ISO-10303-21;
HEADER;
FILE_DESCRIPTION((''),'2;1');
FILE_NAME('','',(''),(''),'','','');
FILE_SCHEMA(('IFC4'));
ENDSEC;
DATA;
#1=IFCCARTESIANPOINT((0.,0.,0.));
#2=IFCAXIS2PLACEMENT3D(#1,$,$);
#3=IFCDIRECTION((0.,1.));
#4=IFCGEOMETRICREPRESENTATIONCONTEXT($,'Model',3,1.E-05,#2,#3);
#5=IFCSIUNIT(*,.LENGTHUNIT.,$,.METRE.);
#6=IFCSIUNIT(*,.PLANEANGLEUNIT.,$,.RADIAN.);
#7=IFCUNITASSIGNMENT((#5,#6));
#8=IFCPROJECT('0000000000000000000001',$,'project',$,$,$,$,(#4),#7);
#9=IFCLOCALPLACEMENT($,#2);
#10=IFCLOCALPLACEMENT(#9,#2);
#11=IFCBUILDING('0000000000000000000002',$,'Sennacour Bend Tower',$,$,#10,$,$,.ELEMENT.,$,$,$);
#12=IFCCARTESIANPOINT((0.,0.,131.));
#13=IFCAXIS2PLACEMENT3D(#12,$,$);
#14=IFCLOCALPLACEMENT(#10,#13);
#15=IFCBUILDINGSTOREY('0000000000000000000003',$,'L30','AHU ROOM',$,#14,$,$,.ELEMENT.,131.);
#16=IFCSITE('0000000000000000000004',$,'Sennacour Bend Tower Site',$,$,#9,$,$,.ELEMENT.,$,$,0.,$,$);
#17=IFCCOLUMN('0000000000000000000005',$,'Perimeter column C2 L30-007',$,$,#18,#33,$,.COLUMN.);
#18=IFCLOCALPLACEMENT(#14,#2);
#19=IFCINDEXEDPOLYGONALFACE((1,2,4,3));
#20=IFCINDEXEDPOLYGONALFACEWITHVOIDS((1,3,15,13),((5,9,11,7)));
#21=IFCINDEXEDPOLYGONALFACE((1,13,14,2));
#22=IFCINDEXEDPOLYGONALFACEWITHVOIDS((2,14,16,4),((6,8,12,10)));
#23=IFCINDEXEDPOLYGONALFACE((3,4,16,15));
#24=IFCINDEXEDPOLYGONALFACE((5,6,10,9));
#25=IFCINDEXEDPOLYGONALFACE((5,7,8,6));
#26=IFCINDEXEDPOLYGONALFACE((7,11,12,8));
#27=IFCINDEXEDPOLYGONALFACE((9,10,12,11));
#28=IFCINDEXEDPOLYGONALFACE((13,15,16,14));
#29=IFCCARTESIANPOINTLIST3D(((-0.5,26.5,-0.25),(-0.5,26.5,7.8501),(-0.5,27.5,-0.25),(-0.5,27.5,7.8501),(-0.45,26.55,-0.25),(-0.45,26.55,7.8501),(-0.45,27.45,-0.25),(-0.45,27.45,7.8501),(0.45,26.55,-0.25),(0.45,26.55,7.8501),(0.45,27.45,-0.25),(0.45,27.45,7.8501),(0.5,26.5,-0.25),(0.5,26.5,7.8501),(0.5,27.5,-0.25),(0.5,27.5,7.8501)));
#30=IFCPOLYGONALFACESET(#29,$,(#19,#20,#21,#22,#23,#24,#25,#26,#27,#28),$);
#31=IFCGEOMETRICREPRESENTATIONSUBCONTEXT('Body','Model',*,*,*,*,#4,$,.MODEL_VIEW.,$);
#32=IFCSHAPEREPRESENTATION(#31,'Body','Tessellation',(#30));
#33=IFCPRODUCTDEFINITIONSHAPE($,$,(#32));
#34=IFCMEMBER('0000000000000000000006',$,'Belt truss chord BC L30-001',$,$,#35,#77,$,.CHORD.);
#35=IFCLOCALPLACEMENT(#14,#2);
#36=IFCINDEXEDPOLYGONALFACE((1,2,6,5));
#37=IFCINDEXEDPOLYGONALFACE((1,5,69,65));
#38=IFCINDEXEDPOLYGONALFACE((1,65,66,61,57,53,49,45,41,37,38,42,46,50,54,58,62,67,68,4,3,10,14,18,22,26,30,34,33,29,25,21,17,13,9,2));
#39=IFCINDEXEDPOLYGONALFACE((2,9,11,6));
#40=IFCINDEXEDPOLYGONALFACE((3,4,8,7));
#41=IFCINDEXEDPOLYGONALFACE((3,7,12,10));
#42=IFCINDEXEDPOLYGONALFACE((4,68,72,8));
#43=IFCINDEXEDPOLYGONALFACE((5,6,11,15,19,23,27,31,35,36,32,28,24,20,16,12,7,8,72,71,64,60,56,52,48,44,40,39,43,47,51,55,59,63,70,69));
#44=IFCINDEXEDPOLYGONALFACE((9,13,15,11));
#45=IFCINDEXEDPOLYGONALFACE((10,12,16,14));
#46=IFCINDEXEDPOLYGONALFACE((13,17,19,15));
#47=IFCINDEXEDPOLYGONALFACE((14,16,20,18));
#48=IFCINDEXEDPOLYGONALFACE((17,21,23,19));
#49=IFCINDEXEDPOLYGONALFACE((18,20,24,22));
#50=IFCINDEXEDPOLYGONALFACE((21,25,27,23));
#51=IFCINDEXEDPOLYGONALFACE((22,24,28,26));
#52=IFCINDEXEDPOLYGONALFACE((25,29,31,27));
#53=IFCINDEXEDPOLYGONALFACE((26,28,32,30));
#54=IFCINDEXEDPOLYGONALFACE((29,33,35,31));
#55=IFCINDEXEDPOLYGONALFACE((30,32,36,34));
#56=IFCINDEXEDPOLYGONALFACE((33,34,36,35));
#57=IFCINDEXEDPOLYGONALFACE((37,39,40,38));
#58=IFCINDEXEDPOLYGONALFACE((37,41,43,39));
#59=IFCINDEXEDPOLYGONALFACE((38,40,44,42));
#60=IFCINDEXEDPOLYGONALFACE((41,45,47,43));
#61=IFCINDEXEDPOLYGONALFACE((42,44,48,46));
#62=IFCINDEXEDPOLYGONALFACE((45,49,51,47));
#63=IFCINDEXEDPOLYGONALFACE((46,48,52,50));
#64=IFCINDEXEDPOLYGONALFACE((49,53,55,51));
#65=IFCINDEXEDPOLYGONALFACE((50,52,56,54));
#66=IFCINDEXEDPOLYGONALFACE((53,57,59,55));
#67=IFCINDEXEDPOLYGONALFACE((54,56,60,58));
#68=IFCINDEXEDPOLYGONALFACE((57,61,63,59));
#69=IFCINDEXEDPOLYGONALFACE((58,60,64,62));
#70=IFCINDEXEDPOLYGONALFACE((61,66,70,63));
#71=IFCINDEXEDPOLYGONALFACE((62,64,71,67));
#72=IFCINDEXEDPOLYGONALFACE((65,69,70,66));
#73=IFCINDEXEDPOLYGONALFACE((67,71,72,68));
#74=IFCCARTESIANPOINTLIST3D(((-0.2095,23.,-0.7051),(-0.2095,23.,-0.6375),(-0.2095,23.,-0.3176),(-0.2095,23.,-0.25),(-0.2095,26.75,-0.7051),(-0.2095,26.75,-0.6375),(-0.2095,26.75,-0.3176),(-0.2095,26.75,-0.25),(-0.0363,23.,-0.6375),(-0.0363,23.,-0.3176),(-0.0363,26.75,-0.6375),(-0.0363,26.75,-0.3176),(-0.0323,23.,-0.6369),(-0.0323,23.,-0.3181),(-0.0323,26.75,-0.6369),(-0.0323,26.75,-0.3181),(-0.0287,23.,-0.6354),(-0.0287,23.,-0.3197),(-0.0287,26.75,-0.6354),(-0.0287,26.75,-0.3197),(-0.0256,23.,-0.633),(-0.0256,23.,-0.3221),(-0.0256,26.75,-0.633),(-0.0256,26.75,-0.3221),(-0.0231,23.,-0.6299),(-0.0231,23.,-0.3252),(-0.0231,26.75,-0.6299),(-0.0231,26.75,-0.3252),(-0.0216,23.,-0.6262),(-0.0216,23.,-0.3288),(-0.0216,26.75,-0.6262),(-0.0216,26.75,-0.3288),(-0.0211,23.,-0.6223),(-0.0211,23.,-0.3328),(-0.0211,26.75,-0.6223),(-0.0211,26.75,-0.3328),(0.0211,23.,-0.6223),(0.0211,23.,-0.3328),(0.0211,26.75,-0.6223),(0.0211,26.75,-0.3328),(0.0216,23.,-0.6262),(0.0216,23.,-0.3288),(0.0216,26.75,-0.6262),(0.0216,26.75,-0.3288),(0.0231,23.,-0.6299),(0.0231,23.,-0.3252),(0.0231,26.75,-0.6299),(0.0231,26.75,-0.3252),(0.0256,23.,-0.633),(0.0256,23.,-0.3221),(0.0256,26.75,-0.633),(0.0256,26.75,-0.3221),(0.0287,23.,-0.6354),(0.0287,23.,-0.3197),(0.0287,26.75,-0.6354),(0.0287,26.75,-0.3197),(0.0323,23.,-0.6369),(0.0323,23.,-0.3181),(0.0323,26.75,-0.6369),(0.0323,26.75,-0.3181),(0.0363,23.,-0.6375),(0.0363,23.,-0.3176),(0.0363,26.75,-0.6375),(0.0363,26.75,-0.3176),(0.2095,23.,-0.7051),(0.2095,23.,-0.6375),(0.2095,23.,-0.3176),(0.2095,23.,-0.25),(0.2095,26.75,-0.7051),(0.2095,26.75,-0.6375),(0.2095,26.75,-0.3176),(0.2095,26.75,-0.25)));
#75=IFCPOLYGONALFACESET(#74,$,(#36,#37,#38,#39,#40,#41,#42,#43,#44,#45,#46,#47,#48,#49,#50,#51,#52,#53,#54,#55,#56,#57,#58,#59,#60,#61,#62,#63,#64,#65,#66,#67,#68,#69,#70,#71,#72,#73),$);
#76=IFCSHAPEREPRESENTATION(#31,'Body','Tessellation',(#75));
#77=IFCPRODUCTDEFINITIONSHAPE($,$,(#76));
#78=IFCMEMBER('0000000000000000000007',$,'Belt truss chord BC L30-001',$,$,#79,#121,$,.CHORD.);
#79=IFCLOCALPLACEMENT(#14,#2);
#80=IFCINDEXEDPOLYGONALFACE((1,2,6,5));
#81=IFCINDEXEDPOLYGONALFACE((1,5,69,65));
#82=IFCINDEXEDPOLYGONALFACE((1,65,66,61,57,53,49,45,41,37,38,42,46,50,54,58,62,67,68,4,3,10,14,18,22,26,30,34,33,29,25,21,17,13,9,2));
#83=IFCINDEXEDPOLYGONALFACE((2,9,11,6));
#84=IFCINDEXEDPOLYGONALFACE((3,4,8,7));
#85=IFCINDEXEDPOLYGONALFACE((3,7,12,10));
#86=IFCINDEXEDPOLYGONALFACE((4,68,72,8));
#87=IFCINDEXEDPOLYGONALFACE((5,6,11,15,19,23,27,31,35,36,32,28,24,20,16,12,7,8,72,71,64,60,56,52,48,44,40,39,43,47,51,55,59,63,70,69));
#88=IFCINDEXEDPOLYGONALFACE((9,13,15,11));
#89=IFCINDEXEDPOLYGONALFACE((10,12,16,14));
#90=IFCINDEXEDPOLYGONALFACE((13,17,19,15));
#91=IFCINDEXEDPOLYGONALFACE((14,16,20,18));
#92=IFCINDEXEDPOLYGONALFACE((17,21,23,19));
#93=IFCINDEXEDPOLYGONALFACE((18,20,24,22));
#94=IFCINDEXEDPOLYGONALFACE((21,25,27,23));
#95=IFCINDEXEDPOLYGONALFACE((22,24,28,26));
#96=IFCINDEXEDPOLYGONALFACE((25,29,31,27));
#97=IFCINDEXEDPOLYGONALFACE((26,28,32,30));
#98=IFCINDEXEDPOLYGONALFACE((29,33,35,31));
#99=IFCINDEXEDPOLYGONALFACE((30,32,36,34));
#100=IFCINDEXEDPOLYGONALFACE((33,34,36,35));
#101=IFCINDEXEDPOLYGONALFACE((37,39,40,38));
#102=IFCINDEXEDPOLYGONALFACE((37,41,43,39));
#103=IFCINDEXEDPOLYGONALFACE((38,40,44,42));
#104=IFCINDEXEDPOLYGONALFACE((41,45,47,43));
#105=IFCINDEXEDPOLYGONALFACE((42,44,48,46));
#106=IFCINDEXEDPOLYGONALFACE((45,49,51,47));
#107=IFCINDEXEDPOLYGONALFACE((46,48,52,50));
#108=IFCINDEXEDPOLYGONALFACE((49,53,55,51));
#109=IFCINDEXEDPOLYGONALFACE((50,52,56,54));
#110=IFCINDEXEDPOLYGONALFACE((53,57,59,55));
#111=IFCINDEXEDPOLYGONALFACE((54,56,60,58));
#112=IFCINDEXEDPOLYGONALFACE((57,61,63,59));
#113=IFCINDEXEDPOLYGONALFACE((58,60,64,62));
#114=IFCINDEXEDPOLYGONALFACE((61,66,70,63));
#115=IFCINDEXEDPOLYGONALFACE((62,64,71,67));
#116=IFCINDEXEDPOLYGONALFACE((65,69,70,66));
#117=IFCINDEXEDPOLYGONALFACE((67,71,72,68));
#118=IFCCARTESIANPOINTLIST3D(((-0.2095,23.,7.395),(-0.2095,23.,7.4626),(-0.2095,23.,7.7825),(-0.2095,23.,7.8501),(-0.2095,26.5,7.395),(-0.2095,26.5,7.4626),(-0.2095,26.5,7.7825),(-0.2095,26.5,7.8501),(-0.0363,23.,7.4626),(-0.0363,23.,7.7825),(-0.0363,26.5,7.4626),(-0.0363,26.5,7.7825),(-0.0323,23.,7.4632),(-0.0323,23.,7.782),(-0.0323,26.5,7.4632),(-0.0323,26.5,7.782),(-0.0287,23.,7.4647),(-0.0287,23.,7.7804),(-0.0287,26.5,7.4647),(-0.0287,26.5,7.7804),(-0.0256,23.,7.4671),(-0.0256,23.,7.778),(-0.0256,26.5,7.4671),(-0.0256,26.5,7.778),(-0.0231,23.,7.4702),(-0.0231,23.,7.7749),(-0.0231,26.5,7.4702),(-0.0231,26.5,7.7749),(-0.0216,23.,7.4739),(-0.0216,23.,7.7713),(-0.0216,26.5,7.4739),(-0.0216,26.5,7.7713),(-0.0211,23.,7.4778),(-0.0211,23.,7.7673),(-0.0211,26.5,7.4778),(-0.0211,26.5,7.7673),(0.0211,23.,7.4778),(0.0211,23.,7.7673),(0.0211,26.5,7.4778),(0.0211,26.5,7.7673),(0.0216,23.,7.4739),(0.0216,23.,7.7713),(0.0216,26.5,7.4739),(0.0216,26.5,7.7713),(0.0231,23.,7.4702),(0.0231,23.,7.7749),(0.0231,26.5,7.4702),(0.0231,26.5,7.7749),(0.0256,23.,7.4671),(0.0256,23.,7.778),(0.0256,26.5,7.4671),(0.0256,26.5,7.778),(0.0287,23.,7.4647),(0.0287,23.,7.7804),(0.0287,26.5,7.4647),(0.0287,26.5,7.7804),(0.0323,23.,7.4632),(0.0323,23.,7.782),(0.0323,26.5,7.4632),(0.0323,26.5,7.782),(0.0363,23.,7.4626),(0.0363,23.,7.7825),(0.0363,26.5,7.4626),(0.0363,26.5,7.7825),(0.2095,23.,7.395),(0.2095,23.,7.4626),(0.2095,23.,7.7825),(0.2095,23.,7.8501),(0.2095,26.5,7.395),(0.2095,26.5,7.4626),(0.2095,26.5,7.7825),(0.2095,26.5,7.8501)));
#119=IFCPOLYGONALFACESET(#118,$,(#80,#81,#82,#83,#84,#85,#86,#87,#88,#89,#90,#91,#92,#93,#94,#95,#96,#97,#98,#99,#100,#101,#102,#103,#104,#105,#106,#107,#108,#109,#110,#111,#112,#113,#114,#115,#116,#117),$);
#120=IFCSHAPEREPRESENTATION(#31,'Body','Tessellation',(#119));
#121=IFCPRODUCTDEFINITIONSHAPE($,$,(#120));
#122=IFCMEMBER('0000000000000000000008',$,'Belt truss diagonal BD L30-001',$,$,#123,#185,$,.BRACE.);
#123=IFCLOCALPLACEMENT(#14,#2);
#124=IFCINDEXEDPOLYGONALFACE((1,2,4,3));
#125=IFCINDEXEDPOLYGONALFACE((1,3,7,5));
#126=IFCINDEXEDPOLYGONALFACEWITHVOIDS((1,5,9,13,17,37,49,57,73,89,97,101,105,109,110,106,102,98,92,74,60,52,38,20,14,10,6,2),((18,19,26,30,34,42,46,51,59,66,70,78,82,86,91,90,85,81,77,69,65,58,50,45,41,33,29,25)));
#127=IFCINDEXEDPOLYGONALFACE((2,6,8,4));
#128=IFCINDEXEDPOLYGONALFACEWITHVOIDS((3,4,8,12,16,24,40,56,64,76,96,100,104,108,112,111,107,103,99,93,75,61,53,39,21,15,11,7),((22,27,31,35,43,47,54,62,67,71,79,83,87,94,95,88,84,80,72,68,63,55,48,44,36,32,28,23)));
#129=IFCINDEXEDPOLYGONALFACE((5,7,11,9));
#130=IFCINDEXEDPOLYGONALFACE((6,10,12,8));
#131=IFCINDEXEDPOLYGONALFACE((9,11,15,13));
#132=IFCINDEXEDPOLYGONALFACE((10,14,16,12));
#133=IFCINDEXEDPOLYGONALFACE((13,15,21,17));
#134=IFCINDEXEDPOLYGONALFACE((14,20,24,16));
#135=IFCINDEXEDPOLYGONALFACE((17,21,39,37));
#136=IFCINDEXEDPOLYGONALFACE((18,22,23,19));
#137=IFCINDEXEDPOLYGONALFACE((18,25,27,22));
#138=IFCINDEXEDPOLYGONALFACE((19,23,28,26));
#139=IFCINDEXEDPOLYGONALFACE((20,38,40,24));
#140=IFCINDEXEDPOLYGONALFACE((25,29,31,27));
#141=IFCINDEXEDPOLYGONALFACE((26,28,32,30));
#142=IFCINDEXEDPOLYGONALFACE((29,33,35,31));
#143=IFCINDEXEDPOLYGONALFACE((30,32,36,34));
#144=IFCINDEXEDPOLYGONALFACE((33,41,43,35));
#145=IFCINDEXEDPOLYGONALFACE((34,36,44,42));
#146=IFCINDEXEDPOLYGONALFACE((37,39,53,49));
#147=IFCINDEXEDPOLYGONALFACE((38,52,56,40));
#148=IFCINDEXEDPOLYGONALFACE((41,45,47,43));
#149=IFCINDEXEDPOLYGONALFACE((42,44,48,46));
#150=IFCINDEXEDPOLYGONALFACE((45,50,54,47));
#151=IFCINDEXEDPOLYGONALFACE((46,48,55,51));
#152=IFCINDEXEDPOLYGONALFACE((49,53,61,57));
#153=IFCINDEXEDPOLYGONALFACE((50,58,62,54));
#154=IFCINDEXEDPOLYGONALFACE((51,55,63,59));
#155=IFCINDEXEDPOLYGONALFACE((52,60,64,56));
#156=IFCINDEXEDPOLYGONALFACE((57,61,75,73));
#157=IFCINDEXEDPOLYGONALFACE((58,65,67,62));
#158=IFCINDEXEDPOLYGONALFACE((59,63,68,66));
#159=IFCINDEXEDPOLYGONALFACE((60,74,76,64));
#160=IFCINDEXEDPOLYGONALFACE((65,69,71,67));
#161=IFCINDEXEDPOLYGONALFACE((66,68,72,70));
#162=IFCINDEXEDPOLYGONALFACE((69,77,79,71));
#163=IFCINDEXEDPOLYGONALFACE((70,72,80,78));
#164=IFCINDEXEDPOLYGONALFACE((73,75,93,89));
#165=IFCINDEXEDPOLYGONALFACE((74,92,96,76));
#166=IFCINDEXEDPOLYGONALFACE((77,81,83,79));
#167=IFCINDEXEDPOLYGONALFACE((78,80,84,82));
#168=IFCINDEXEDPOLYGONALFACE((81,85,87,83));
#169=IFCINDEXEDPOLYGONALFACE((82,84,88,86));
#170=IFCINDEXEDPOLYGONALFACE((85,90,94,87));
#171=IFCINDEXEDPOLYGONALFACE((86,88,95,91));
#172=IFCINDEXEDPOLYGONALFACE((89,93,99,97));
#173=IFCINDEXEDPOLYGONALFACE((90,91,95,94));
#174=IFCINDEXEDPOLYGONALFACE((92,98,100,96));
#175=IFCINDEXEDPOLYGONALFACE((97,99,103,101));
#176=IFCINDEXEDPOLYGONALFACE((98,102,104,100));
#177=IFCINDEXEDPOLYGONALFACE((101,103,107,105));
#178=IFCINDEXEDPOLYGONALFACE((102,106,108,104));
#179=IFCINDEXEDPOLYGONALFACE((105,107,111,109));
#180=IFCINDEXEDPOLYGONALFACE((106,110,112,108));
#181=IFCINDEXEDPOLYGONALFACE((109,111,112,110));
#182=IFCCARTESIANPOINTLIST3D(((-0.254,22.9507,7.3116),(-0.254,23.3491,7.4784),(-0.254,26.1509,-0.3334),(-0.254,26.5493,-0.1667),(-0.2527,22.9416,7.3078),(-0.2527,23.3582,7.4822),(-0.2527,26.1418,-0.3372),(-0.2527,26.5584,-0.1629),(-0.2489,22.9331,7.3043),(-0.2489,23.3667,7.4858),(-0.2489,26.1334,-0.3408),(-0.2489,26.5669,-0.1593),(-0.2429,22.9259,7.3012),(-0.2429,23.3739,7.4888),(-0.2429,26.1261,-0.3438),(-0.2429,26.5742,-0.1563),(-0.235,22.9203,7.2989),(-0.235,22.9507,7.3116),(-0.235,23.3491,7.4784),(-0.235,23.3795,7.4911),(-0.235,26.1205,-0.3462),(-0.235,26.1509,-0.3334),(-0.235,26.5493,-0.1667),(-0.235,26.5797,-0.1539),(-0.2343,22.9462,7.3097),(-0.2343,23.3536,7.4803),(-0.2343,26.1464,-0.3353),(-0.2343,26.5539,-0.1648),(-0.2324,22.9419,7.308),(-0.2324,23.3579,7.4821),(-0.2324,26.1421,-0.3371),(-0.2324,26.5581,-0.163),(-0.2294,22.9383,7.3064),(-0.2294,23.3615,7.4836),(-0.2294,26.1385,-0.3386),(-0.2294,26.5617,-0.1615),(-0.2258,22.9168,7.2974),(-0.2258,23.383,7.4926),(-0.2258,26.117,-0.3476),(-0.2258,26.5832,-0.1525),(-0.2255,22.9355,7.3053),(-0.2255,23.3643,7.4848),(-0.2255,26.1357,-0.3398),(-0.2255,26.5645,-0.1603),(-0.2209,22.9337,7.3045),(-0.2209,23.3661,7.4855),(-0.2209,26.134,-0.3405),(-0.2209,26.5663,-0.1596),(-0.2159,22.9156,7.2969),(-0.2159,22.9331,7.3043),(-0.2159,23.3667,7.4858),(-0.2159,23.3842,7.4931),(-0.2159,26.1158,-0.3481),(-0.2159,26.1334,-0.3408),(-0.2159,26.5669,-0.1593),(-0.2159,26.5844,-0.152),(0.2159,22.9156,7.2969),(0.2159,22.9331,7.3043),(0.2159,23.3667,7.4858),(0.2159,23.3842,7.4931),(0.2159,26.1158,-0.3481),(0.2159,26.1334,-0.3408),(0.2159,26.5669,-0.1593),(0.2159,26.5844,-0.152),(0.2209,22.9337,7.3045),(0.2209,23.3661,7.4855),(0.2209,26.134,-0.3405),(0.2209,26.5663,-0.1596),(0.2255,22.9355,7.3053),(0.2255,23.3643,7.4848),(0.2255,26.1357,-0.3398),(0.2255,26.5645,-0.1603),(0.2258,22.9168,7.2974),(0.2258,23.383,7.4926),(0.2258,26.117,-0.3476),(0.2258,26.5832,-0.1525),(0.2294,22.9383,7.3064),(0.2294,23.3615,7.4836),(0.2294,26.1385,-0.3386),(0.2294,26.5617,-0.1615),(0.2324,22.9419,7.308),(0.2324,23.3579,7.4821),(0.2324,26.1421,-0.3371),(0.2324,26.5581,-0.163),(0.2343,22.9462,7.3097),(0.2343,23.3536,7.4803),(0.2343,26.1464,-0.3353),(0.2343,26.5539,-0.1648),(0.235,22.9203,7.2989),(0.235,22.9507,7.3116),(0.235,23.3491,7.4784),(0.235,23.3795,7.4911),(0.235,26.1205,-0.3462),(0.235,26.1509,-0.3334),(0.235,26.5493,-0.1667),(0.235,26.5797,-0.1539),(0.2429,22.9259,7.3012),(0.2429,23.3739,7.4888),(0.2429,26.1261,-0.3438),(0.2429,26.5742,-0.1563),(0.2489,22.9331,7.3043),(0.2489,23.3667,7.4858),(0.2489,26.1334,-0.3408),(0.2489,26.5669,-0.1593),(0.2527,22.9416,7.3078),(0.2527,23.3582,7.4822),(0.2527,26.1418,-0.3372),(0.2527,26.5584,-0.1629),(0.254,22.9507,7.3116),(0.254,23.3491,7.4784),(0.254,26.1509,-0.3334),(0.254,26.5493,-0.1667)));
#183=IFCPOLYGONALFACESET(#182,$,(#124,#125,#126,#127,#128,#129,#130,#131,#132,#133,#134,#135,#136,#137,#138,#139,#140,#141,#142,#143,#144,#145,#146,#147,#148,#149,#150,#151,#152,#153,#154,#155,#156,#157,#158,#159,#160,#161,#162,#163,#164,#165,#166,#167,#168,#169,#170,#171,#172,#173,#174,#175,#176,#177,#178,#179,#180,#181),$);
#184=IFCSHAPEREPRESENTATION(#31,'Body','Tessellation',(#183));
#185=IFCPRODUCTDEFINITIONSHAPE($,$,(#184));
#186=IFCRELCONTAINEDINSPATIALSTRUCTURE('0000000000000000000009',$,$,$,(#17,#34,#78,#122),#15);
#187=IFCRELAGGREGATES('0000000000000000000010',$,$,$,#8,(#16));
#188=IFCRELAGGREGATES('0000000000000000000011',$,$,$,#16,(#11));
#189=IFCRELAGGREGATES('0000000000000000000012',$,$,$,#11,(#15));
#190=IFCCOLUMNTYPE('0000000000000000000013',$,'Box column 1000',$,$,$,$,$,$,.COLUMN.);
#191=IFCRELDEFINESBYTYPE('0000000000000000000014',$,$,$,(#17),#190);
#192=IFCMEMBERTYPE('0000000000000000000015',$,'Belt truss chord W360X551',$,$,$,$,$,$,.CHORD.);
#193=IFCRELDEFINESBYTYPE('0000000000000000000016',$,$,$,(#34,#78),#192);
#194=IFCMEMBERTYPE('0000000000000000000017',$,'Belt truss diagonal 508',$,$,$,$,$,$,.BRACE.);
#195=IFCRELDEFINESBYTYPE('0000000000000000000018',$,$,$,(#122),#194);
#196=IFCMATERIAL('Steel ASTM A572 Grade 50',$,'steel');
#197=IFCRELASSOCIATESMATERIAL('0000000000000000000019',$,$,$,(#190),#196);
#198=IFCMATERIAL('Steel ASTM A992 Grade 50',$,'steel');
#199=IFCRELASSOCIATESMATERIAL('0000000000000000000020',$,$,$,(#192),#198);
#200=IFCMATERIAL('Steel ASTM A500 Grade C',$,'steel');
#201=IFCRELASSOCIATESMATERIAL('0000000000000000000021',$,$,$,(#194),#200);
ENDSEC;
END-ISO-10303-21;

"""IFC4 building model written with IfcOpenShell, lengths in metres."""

from ifc_helpers import new_model, si_unit, direction, frame, origin, origin_2d, place, context, subcontext, project, spatial, hollow_rectangle, i_section, extrude, material, material_profile, profile_set, type_object, element, save


model = new_model("IFC4")

# Units and contexts
model_context = context("Model", 3, precision=1e-05, world=origin(), true_north=direction((0.0, 1.0)))
body_context = subcontext(model_context, "Body", "Model", "MODEL_VIEW")
ifc_project = project(units=[si_unit("LENGTHUNIT", "METRE"), si_unit("PLANEANGLEUNIT", "RADIAN")], contexts=[model_context])

# Site, building, storey
site_placement = place(None, origin())
site = spatial("IfcSite", under=ifc_project, at=site_placement, Name="Sennacour Bend Tower Site", CompositionType="ELEMENT", RefElevation=0.0)
building_placement = place(site_placement, origin())
building = spatial("IfcBuilding", under=site, at=building_placement, Name="Sennacour Bend Tower", CompositionType="ELEMENT")
storey_placement = place(building_placement, frame((0.0, 0.0, 131.0)))
storey = spatial("IfcBuildingStorey", under=building, at=storey_placement, Name="L30", Description="AHU ROOM", CompositionType="ELEMENT", Elevation=131.0)

# Column
ifc_material_1 = material(Name="Steel ASTM A572 Grade 50", Category="steel")
ifc_material_profile_1 = material_profile(ifc_material_1, hollow_rectangle(XDim=1.0, YDim=1.0, WallThickness=0.05, at=origin_2d()), Name="Steel ASTM A572 Grade 50", Category="steel")
ifc_profile_set_1 = profile_set([ifc_material_profile_1], Name="Steel ASTM A572 Grade 50")
column_type = type_object("IfcColumnType", Name="Box column 1000", PredefinedType="COLUMN", material=ifc_profile_set_1)
column_placement = place(storey_placement, frame((0.0, 27.0, -0.25), z_axis=(0.0, 0.0, 1.0), x_axis=(1.0, 0.0, 0.0)))
element("IfcColumn", 1, at=column_placement, inside=storey, type_object=column_type, Name="Perimeter column C2 L30-007", PredefinedType="COLUMN", context=body_context, shape_type="SweptSolid", body=[
    extrude(hollow_rectangle(XDim=1.0, YDim=1.0, WallThickness=0.05, at=origin_2d()), origin(), (0.0, 0.0, 1.0), 8.1001),
])

# Members
ifc_material_2 = material(Name="Steel ASTM A992 Grade 50", Category="steel")
ifc_material_profile_2 = material_profile(ifc_material_2, i_section(OverallWidth=0.4189, OverallDepth=0.4551, WebThickness=0.0422, FlangeThickness=0.0676, FilletRadius=0.0151, at=origin_2d()), Name="Steel ASTM A992 Grade 50", Category="steel")
ifc_profile_set_2 = profile_set([ifc_material_profile_2], Name="Steel ASTM A992 Grade 50")
member_type_1 = type_object("IfcMemberType", Name="Belt truss chord W360X551", PredefinedType="CHORD", material=ifc_profile_set_2)
member_1_placement = place(storey_placement, frame((0.0, 23.0, -0.4775), z_axis=(0.0, 1.0, 0.0), x_axis=(-1.0, 0.0, 0.0)))
element("IfcMember", 2, at=member_1_placement, inside=storey, type_object=member_type_1, Name="Belt truss chord BC L30-001", PredefinedType="CHORD", context=body_context, shape_type="SweptSolid", body=[
    extrude(i_section(OverallWidth=0.4189, OverallDepth=0.4551, WebThickness=0.0422, FlangeThickness=0.0676, FilletRadius=0.0151, at=origin_2d()), origin(), (0.0, 0.0, 1.0), 3.75),
])
member_2_placement = place(storey_placement, frame((0.0, 23.0, 7.6226), z_axis=(0.0, 1.0, 0.0), x_axis=(-1.0, 0.0, 0.0)))
element("IfcMember", 3, at=member_2_placement, inside=storey, type_object=member_type_1, Name="Belt truss chord BC L30-001", PredefinedType="CHORD", context=body_context, shape_type="SweptSolid", body=[
    extrude(i_section(OverallWidth=0.4189, OverallDepth=0.4551, WebThickness=0.0422, FlangeThickness=0.0676, FilletRadius=0.0151, at=origin_2d()), origin(), (0.0, 0.0, 1.0), 3.5),
])
ifc_material_3 = material(Name="Steel ASTM A500 Grade C", Category="steel")
ifc_material_profile_3 = material_profile(ifc_material_3, hollow_rectangle(XDim=0.5081, YDim=0.5081, WallThickness=0.019, InnerFilletRadius=0.019, OuterFilletRadius=0.0381, at=origin_2d()), Name="Steel ASTM A500 Grade C", Category="steel")
ifc_profile_set_3 = profile_set([ifc_material_profile_3], Name="Steel ASTM A500 Grade C")
member_type_2 = type_object("IfcMemberType", Name="Belt truss diagonal 508", PredefinedType="BRACE", material=ifc_profile_set_3)
member_3_placement = place(storey_placement, frame((0.0, 23.1499, 7.395), z_axis=(0.0, 0.386133, -0.922443), x_axis=(-1.0, 0.0, 0.0)))
element("IfcMember", 4, at=member_3_placement, inside=storey, type_object=member_type_2, Name="Belt truss diagonal BD L30-001", PredefinedType="BRACE", context=body_context, shape_type="SweptSolid", body=[
    extrude(hollow_rectangle(XDim=0.5081, YDim=0.5081, WallThickness=0.019, InnerFilletRadius=0.019, OuterFilletRadius=0.0381, at=origin_2d()), origin(), (0.0, 0.0, 1.0), 8.2878),
])

save(model, "model.ifc")
